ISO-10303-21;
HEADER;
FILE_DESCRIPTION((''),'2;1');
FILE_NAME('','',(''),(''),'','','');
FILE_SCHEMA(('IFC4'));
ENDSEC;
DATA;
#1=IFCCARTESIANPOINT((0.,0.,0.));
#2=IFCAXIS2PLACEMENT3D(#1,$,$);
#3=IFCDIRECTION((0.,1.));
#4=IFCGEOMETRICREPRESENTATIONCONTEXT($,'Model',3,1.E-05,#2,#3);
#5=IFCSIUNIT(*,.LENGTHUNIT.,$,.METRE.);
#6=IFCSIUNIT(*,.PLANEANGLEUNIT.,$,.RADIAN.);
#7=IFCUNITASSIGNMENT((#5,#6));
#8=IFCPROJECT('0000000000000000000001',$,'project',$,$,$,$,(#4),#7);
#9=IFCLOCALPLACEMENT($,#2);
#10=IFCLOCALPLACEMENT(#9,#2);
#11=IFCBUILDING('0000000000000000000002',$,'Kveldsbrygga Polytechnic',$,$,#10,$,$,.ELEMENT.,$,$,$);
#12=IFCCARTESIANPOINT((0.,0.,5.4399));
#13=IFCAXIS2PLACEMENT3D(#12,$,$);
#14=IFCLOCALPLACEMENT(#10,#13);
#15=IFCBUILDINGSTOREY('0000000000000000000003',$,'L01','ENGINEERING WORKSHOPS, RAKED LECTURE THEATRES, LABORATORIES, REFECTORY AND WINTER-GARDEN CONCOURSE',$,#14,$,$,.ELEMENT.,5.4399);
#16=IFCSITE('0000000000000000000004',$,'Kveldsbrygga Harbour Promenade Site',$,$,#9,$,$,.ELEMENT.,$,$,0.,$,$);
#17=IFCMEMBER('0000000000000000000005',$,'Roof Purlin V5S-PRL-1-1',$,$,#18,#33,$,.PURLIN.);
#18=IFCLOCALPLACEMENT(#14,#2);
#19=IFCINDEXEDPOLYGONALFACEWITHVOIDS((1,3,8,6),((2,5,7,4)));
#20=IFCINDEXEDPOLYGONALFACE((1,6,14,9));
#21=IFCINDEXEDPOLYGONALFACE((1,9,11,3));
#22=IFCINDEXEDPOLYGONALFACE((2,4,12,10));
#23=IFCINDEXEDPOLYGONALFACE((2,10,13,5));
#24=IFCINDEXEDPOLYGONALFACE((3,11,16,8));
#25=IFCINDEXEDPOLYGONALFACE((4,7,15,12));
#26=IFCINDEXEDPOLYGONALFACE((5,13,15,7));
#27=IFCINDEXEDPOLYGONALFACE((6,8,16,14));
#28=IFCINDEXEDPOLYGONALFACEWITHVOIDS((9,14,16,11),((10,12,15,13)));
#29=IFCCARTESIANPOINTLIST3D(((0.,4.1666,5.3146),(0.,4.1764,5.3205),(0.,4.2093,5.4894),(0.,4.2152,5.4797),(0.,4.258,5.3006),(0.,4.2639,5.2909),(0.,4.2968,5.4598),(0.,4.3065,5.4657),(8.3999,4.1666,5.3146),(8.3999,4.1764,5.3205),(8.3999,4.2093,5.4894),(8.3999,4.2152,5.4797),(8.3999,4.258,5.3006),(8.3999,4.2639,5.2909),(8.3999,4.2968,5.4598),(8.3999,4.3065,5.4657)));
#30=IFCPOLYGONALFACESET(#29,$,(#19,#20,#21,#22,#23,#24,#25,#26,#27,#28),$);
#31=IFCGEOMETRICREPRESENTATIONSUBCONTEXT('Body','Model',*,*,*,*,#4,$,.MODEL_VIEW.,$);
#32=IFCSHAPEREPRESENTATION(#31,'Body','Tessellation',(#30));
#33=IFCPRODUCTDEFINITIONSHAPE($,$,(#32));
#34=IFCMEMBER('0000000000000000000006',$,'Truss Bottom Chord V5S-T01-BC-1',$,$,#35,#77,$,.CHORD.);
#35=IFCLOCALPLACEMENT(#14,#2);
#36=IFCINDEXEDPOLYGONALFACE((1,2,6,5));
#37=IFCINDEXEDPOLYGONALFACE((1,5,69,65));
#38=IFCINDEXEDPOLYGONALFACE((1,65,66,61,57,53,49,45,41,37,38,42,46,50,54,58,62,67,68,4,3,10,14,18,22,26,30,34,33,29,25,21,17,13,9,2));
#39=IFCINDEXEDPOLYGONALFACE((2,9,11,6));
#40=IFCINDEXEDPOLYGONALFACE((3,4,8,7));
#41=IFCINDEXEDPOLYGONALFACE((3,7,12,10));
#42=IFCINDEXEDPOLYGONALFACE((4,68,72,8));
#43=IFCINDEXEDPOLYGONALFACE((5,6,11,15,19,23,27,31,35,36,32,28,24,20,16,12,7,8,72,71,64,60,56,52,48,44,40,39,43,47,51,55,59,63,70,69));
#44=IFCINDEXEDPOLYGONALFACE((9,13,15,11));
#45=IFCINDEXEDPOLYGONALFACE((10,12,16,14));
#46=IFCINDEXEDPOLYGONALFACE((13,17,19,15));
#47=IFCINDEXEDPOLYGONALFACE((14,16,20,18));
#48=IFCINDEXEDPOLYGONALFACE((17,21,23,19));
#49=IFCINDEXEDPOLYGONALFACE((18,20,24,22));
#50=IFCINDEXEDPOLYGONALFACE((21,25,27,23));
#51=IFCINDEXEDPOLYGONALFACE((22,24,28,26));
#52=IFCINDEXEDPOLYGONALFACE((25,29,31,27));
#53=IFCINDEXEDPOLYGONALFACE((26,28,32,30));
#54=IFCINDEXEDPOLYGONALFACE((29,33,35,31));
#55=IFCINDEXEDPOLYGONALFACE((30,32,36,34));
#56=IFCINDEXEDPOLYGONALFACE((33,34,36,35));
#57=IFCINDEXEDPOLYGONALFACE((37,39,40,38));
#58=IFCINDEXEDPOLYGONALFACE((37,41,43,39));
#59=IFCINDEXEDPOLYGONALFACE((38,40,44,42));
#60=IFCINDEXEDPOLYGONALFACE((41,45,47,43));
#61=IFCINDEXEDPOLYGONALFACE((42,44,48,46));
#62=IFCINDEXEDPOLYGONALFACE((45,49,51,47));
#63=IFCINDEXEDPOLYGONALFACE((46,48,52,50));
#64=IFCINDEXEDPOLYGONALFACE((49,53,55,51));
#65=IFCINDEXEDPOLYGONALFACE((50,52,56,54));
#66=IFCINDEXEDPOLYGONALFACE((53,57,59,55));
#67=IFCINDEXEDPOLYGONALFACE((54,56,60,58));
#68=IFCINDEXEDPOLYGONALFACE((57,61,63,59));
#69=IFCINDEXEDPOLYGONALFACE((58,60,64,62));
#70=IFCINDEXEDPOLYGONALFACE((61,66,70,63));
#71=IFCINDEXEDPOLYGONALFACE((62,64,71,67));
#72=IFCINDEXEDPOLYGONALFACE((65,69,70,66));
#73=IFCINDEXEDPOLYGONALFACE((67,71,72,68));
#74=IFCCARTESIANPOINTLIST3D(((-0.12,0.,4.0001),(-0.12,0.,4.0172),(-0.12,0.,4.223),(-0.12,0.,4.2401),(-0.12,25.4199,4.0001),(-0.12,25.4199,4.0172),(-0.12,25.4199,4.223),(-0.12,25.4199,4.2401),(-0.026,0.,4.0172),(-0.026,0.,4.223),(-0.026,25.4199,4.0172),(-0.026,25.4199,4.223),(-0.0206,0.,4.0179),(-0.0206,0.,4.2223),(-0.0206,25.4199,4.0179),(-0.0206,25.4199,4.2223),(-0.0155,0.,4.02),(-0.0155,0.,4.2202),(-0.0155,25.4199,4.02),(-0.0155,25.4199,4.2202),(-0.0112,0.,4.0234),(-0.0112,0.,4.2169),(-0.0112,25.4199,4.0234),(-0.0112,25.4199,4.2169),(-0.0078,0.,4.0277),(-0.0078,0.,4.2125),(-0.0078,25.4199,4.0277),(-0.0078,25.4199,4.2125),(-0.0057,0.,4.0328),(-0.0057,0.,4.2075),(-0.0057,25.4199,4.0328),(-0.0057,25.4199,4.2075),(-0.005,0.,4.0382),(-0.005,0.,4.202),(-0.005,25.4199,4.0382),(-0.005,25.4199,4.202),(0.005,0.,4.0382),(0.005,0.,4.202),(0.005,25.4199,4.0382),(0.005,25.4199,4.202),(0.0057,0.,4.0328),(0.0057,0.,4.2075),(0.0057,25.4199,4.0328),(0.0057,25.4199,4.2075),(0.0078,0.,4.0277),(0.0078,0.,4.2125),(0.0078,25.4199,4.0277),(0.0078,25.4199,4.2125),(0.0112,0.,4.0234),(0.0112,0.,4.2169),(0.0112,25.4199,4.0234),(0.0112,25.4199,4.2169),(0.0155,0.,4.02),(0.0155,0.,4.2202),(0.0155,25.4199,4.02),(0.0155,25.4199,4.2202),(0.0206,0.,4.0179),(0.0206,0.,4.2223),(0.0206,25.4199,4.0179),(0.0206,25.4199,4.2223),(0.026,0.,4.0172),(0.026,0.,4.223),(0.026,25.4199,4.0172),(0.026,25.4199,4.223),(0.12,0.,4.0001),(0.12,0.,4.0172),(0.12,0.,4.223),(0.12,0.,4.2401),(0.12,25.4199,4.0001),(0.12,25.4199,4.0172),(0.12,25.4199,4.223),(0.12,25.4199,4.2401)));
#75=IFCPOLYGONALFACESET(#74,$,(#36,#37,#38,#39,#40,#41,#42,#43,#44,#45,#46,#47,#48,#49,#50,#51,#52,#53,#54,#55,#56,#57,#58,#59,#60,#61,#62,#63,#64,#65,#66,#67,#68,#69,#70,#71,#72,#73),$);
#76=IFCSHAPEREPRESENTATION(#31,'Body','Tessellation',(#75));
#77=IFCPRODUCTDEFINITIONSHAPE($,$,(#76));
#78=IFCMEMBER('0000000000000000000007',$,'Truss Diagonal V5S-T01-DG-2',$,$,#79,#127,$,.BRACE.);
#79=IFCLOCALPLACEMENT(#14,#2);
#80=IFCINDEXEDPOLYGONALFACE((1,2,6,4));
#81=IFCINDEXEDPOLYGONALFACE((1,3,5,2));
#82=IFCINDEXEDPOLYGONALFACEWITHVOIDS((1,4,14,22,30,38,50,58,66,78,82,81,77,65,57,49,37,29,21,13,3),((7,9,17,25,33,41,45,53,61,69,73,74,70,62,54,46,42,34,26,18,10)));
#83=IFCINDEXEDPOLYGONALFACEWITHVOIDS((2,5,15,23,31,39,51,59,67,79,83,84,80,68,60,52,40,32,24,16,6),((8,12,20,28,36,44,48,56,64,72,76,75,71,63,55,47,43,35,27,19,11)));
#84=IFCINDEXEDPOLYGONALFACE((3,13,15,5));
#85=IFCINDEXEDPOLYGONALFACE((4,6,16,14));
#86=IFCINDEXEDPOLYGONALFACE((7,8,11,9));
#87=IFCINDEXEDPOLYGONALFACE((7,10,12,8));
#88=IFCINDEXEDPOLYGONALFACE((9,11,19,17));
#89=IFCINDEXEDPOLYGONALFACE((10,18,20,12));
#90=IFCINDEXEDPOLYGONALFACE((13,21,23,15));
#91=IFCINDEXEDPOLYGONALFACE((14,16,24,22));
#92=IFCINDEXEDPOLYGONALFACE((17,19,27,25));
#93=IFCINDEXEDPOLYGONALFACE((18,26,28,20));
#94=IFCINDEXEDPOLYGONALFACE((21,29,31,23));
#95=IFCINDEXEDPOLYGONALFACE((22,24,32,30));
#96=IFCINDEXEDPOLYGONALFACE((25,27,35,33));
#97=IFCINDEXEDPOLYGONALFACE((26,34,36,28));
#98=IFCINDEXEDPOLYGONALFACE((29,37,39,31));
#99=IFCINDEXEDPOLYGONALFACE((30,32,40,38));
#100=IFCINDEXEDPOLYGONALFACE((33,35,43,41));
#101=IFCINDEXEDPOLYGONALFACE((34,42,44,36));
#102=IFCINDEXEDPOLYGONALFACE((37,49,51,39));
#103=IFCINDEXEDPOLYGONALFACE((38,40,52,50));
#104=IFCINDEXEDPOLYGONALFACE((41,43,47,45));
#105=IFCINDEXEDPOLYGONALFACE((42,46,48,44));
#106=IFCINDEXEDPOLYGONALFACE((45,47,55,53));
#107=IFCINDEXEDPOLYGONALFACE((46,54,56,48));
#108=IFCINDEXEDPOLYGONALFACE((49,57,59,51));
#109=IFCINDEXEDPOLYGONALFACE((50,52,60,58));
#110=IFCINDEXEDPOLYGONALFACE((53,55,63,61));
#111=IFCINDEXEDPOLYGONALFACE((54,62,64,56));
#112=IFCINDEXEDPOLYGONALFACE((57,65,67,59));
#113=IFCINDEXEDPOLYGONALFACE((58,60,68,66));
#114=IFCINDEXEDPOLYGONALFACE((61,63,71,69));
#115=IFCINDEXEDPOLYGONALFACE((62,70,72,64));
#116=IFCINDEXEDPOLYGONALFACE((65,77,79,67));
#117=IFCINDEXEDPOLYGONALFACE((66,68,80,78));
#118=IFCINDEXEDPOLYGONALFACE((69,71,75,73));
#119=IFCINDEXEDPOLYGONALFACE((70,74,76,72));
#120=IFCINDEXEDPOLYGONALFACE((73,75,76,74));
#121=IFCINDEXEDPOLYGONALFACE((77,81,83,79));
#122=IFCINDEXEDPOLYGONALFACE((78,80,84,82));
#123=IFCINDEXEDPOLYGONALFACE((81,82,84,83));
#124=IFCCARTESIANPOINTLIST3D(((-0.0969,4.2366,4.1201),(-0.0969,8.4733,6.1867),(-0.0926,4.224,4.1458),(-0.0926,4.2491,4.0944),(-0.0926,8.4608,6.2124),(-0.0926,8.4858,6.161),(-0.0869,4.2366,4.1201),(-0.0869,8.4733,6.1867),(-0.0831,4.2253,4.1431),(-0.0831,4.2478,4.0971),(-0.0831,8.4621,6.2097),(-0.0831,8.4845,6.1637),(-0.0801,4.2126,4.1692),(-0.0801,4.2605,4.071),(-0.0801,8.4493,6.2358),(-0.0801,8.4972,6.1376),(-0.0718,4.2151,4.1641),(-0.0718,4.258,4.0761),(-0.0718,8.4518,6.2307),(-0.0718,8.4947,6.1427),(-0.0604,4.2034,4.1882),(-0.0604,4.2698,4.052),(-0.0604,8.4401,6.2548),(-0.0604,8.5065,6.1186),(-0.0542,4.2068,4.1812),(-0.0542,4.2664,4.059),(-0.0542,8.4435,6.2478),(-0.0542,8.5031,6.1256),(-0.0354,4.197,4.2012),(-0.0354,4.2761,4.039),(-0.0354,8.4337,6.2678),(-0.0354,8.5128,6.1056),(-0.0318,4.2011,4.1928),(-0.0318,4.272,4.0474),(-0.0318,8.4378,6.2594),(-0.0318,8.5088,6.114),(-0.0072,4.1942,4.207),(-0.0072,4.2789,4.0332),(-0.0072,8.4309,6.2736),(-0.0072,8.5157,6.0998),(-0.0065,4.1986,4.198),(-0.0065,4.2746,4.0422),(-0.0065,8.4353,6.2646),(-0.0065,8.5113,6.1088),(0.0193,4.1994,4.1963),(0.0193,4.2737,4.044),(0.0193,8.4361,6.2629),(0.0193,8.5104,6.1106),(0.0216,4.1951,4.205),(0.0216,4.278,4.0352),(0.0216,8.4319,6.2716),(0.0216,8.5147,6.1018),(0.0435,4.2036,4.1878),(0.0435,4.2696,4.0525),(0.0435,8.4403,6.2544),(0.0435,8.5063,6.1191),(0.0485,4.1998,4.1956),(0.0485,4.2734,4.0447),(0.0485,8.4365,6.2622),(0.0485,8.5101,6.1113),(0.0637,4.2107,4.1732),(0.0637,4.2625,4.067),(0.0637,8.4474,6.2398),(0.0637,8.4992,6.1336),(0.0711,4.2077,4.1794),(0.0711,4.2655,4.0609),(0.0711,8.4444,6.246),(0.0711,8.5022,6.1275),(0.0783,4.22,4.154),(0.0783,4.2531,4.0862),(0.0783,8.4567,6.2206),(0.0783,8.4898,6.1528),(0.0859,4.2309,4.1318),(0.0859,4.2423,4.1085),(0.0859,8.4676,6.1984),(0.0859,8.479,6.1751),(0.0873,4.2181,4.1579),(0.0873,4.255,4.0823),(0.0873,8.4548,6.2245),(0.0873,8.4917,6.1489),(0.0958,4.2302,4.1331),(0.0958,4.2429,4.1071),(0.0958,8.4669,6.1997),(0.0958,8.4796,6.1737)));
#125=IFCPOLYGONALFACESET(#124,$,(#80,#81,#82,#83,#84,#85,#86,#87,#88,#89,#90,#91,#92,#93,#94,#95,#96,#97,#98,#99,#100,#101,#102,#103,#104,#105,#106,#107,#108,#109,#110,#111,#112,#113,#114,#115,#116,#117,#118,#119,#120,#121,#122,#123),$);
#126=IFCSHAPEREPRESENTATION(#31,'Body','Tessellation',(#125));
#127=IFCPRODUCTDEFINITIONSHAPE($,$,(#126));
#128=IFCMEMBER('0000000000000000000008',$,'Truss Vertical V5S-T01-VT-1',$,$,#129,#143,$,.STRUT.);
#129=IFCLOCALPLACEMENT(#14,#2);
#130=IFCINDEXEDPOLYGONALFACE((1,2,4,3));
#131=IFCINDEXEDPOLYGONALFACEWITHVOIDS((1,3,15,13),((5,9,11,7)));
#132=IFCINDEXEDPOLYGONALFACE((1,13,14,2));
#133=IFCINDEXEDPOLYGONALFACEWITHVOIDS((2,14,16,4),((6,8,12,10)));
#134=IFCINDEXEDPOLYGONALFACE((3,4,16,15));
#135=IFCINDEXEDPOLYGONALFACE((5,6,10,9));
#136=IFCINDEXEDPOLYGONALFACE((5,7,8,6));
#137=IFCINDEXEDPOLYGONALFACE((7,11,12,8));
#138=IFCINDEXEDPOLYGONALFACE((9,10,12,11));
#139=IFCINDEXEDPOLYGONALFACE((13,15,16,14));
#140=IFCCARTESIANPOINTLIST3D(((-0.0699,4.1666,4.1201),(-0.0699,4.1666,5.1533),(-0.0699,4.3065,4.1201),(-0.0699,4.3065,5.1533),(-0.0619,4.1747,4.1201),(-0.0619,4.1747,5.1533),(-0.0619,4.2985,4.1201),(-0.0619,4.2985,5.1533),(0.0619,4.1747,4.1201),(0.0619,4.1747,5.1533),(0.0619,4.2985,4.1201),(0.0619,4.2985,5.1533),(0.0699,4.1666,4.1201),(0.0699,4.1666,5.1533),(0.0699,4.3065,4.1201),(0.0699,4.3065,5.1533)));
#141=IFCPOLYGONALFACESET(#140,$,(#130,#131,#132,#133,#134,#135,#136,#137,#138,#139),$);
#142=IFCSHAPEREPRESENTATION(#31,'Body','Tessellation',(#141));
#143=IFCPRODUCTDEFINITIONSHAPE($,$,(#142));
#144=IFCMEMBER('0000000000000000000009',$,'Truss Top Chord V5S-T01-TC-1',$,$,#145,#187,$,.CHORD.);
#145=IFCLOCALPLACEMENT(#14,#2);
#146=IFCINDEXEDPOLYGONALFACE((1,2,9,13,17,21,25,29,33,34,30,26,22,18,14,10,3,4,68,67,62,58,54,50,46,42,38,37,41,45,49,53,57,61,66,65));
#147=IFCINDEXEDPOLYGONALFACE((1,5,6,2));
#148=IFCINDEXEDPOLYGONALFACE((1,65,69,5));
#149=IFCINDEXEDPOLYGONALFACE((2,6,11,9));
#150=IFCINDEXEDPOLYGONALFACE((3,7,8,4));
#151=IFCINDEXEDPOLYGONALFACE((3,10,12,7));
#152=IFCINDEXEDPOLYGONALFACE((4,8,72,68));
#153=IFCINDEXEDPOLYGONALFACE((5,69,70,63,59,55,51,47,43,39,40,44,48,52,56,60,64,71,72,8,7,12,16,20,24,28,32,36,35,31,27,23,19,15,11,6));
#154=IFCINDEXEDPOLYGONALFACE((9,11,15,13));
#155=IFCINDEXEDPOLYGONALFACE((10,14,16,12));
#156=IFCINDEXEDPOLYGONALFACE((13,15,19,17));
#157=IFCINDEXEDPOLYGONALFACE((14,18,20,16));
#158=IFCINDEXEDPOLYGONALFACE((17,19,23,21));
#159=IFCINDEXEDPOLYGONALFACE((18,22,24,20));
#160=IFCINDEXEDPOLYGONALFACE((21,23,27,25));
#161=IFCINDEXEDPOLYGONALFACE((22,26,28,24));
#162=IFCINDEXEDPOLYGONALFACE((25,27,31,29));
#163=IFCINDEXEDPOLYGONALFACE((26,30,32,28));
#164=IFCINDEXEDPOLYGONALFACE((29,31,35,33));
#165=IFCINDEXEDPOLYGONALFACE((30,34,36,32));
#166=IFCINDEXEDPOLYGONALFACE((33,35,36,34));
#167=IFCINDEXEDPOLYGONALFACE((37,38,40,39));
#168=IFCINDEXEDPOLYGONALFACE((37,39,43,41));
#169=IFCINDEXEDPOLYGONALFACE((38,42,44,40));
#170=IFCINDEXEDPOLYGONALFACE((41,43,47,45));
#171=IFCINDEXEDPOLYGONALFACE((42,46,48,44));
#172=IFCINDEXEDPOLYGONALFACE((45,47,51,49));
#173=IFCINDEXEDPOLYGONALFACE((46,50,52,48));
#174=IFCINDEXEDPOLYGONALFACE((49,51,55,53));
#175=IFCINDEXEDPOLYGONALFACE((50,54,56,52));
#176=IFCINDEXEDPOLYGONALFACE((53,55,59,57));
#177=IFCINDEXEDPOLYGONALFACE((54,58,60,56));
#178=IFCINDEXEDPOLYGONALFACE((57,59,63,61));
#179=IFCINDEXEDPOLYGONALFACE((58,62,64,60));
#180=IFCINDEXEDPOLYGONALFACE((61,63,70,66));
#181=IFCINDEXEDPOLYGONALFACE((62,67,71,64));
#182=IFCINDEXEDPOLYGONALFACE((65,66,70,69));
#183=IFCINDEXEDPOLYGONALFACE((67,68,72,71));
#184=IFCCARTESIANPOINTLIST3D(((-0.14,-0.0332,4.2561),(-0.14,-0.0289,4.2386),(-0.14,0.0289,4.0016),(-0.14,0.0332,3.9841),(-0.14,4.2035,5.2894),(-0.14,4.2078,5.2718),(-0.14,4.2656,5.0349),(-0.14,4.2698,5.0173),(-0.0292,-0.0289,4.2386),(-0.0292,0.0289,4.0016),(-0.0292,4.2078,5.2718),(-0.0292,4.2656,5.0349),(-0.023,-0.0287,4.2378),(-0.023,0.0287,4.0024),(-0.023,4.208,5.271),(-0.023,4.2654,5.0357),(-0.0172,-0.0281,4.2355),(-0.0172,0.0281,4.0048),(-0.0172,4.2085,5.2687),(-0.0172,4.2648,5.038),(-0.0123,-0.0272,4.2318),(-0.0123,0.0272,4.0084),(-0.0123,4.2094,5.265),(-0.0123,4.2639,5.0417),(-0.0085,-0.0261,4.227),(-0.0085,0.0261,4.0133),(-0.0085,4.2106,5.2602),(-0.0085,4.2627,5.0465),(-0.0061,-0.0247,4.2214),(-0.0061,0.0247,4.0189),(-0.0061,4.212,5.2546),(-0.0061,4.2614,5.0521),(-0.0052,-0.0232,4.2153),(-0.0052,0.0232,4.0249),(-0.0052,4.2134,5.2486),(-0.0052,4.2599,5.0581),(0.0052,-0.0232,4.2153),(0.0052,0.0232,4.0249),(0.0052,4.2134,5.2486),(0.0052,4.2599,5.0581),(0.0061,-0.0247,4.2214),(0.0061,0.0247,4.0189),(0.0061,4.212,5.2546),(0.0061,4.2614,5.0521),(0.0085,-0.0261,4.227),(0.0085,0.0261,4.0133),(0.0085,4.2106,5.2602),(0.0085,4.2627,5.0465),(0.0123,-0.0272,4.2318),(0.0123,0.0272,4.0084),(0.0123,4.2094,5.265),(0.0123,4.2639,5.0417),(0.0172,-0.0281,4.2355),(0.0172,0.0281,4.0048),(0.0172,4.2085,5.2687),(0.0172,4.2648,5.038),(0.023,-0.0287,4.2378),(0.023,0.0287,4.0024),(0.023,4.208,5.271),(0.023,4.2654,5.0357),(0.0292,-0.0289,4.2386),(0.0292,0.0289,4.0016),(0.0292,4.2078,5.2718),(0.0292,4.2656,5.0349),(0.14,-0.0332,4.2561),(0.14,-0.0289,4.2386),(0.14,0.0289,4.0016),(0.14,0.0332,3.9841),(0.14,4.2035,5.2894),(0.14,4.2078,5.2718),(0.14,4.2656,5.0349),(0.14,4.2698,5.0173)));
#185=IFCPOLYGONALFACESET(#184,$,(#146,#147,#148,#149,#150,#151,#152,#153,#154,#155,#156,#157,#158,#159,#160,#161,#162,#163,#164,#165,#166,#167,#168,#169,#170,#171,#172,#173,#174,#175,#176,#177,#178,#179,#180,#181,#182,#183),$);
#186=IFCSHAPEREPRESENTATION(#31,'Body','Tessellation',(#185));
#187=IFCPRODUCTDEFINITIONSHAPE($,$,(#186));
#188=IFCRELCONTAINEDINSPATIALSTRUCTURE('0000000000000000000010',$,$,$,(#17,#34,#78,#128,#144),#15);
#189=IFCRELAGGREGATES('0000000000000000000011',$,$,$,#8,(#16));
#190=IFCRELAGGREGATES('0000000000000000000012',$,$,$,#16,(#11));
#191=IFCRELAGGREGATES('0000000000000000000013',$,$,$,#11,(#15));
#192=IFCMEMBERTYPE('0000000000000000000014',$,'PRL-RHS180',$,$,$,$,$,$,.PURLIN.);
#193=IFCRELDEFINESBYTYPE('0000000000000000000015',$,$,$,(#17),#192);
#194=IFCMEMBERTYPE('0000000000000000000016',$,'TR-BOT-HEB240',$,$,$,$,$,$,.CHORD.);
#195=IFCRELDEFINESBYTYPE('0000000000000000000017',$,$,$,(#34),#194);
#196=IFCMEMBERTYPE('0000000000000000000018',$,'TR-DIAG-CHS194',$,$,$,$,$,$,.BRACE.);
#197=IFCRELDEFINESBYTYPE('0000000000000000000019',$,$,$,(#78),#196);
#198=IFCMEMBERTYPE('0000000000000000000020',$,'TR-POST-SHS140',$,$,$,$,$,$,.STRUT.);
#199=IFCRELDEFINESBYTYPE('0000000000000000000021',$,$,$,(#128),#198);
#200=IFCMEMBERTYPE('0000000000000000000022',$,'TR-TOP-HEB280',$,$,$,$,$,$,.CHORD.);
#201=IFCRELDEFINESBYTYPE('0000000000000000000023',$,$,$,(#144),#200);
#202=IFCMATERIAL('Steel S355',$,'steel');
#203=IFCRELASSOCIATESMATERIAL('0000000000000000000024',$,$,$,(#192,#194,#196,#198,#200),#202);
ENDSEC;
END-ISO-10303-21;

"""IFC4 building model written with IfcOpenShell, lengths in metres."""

from ifc_helpers import new_model, si_unit, direction, frame, origin, origin_2d, place, context, subcontext, project, spatial, hollow_rectangle, hollow_circle, i_section, extrude, material, material_profile, profile_set, type_object, element, save


model = new_model("IFC4")

# Units and contexts
model_context = context("Model", 3, precision=1e-05, world=origin(), true_north=direction((0.0, 1.0)))
body_context = subcontext(model_context, "Body", "Model", "MODEL_VIEW")
ifc_project = project(units=[si_unit("LENGTHUNIT", "METRE"), si_unit("PLANEANGLEUNIT", "RADIAN")], contexts=[model_context])

# Site, building, storey
site_placement = place(None, origin())
site = spatial("IfcSite", under=ifc_project, at=site_placement, Name="Kveldsbrygga Harbour Promenade Site", CompositionType="ELEMENT", RefElevation=0.0)
building_placement = place(site_placement, origin())
building = spatial("IfcBuilding", under=site, at=building_placement, Name="Kveldsbrygga Polytechnic", CompositionType="ELEMENT")
storey_placement = place(building_placement, frame((0.0, 0.0, 5.4399)))
storey = spatial("IfcBuildingStorey", under=building, at=storey_placement, Name="L01", Description="ENGINEERING WORKSHOPS, RAKED LECTURE THEATRES, LABORATORIES, REFECTORY AND WINTER-GARDEN CONCOURSE", CompositionType="ELEMENT", Elevation=5.4399)

# Members
ifc_material_1 = material(Name="Steel S355", Category="steel")
ifc_material_profile_1 = material_profile(ifc_material_1, hollow_rectangle(XDim=0.1001, YDim=0.1799, WallThickness=0.0081, at=origin_2d()), Name="RHS 180x100x8.0")
ifc_profile_set_1 = profile_set([ifc_material_profile_1], Name="Steel S355")
member_type_1 = type_object("IfcMemberType", Name="PRL-RHS180", PredefinedType="PURLIN", material=ifc_profile_set_1)
member_1_placement = place(storey_placement, frame((0.0, 4.2366, 5.3901), z_axis=(1.0, 0.0, 0.0), x_axis=(0.0, 0.97152, -0.236957)))
element("IfcMember", 1, at=member_1_placement, inside=storey, type_object=member_type_1, Name="Roof Purlin V5S-PRL-1-1", PredefinedType="PURLIN", context=body_context, shape_type="SweptSolid", body=[
    extrude(hollow_rectangle(XDim=0.1001, YDim=0.1799, WallThickness=0.0081, at=origin_2d()), origin(), (0.0, 0.0, 1.0), 8.3999),
])
ifc_material_profile_2 = material_profile(ifc_material_1, i_section(OverallWidth=0.24, OverallDepth=0.24, WebThickness=0.01, FlangeThickness=0.0171, FilletRadius=0.021, at=origin_2d()), Name="HEB 240")
ifc_profile_set_2 = profile_set([ifc_material_profile_2], Name="Steel S355")
member_type_2 = type_object("IfcMemberType", Name="TR-BOT-HEB240", PredefinedType="CHORD", material=ifc_profile_set_2)
member_2_placement = place(storey_placement, frame((0.0, 0.0, 4.1201), z_axis=(0.0, 1.0, 0.0), x_axis=(-1.0, 0.0, 0.0)))
element("IfcMember", 2, at=member_2_placement, inside=storey, type_object=member_type_2, Name="Truss Bottom Chord V5S-T01-BC-1", PredefinedType="CHORD", context=body_context, shape_type="SweptSolid", body=[
    extrude(i_section(OverallWidth=0.24, OverallDepth=0.24, WebThickness=0.01, FlangeThickness=0.0171, FilletRadius=0.021, at=origin_2d()), origin(), (0.0, 0.0, 1.0), 25.4199),
])
ifc_material_profile_3 = material_profile(ifc_material_1, hollow_circle(Radius=0.0969, WallThickness=0.01, at=origin_2d()), Name="CHS 193.7x10.0")
ifc_profile_set_3 = profile_set([ifc_material_profile_3], Name="Steel S355")
member_type_3 = type_object("IfcMemberType", Name="TR-DIAG-CHS194", PredefinedType="BRACE", material=ifc_profile_set_3)
member_3_placement = place(storey_placement, frame((0.0, 4.2366, 4.1201), z_axis=(0.0, 0.898776, 0.438408), x_axis=(-1.0, 0.0, 0.0)))
element("IfcMember", 3, at=member_3_placement, inside=storey, type_object=member_type_3, Name="Truss Diagonal V5S-T01-DG-2", PredefinedType="BRACE", context=body_context, shape_type="SweptSolid", body=[
    extrude(hollow_circle(Radius=0.0969, WallThickness=0.01, at=origin_2d()), origin(), (0.0, 0.0, 1.0), 4.7139),
])
ifc_material_profile_4 = material_profile(ifc_material_1, hollow_rectangle(XDim=0.1399, YDim=0.1399, WallThickness=0.0081, at=origin_2d()), Name="SHS 140x140x8.0")
ifc_profile_set_4 = profile_set([ifc_material_profile_4], Name="Steel S355")
member_type_4 = type_object("IfcMemberType", Name="TR-POST-SHS140", PredefinedType="STRUT", material=ifc_profile_set_4)
member_4_placement = place(storey_placement, frame((0.0, 4.2366, 4.1201), z_axis=(0.0, 0.0, 1.0), x_axis=(1.0, 0.0, 0.0)))
element("IfcMember", 4, at=member_4_placement, inside=storey, type_object=member_type_4, Name="Truss Vertical V5S-T01-VT-1", PredefinedType="STRUT", context=body_context, shape_type="SweptSolid", body=[
    extrude(hollow_rectangle(XDim=0.1399, YDim=0.1399, WallThickness=0.0081, at=origin_2d()), origin(), (0.0, 0.0, 1.0), 1.0332),
])
ifc_material_profile_5 = material_profile(ifc_material_1, i_section(OverallWidth=0.28, OverallDepth=0.28, WebThickness=0.0105, FlangeThickness=0.0181, FilletRadius=0.0239, at=origin_2d()), Name="HEB 280")
ifc_profile_set_5 = profile_set([ifc_material_profile_5], Name="Steel S355")
member_type_5 = type_object("IfcMemberType", Name="TR-TOP-HEB280", PredefinedType="CHORD", material=ifc_profile_set_5)
member_5_placement = place(storey_placement, frame((0.0, 0.0, 4.1201), z_axis=(0.0, 0.971526, 0.236933), x_axis=(-1.0, 0.0, 0.0)))
element("IfcMember", 5, at=member_5_placement, inside=storey, type_object=member_type_5, Name="Truss Top Chord V5S-T01-TC-1", PredefinedType="CHORD", context=body_context, shape_type="SweptSolid", body=[
    extrude(i_section(OverallWidth=0.28, OverallDepth=0.28, WebThickness=0.0105, FlangeThickness=0.0181, FilletRadius=0.0239, at=origin_2d()), origin(), (0.0, 0.0, 1.0), 4.3608),
])

save(model, "model.ifc")
